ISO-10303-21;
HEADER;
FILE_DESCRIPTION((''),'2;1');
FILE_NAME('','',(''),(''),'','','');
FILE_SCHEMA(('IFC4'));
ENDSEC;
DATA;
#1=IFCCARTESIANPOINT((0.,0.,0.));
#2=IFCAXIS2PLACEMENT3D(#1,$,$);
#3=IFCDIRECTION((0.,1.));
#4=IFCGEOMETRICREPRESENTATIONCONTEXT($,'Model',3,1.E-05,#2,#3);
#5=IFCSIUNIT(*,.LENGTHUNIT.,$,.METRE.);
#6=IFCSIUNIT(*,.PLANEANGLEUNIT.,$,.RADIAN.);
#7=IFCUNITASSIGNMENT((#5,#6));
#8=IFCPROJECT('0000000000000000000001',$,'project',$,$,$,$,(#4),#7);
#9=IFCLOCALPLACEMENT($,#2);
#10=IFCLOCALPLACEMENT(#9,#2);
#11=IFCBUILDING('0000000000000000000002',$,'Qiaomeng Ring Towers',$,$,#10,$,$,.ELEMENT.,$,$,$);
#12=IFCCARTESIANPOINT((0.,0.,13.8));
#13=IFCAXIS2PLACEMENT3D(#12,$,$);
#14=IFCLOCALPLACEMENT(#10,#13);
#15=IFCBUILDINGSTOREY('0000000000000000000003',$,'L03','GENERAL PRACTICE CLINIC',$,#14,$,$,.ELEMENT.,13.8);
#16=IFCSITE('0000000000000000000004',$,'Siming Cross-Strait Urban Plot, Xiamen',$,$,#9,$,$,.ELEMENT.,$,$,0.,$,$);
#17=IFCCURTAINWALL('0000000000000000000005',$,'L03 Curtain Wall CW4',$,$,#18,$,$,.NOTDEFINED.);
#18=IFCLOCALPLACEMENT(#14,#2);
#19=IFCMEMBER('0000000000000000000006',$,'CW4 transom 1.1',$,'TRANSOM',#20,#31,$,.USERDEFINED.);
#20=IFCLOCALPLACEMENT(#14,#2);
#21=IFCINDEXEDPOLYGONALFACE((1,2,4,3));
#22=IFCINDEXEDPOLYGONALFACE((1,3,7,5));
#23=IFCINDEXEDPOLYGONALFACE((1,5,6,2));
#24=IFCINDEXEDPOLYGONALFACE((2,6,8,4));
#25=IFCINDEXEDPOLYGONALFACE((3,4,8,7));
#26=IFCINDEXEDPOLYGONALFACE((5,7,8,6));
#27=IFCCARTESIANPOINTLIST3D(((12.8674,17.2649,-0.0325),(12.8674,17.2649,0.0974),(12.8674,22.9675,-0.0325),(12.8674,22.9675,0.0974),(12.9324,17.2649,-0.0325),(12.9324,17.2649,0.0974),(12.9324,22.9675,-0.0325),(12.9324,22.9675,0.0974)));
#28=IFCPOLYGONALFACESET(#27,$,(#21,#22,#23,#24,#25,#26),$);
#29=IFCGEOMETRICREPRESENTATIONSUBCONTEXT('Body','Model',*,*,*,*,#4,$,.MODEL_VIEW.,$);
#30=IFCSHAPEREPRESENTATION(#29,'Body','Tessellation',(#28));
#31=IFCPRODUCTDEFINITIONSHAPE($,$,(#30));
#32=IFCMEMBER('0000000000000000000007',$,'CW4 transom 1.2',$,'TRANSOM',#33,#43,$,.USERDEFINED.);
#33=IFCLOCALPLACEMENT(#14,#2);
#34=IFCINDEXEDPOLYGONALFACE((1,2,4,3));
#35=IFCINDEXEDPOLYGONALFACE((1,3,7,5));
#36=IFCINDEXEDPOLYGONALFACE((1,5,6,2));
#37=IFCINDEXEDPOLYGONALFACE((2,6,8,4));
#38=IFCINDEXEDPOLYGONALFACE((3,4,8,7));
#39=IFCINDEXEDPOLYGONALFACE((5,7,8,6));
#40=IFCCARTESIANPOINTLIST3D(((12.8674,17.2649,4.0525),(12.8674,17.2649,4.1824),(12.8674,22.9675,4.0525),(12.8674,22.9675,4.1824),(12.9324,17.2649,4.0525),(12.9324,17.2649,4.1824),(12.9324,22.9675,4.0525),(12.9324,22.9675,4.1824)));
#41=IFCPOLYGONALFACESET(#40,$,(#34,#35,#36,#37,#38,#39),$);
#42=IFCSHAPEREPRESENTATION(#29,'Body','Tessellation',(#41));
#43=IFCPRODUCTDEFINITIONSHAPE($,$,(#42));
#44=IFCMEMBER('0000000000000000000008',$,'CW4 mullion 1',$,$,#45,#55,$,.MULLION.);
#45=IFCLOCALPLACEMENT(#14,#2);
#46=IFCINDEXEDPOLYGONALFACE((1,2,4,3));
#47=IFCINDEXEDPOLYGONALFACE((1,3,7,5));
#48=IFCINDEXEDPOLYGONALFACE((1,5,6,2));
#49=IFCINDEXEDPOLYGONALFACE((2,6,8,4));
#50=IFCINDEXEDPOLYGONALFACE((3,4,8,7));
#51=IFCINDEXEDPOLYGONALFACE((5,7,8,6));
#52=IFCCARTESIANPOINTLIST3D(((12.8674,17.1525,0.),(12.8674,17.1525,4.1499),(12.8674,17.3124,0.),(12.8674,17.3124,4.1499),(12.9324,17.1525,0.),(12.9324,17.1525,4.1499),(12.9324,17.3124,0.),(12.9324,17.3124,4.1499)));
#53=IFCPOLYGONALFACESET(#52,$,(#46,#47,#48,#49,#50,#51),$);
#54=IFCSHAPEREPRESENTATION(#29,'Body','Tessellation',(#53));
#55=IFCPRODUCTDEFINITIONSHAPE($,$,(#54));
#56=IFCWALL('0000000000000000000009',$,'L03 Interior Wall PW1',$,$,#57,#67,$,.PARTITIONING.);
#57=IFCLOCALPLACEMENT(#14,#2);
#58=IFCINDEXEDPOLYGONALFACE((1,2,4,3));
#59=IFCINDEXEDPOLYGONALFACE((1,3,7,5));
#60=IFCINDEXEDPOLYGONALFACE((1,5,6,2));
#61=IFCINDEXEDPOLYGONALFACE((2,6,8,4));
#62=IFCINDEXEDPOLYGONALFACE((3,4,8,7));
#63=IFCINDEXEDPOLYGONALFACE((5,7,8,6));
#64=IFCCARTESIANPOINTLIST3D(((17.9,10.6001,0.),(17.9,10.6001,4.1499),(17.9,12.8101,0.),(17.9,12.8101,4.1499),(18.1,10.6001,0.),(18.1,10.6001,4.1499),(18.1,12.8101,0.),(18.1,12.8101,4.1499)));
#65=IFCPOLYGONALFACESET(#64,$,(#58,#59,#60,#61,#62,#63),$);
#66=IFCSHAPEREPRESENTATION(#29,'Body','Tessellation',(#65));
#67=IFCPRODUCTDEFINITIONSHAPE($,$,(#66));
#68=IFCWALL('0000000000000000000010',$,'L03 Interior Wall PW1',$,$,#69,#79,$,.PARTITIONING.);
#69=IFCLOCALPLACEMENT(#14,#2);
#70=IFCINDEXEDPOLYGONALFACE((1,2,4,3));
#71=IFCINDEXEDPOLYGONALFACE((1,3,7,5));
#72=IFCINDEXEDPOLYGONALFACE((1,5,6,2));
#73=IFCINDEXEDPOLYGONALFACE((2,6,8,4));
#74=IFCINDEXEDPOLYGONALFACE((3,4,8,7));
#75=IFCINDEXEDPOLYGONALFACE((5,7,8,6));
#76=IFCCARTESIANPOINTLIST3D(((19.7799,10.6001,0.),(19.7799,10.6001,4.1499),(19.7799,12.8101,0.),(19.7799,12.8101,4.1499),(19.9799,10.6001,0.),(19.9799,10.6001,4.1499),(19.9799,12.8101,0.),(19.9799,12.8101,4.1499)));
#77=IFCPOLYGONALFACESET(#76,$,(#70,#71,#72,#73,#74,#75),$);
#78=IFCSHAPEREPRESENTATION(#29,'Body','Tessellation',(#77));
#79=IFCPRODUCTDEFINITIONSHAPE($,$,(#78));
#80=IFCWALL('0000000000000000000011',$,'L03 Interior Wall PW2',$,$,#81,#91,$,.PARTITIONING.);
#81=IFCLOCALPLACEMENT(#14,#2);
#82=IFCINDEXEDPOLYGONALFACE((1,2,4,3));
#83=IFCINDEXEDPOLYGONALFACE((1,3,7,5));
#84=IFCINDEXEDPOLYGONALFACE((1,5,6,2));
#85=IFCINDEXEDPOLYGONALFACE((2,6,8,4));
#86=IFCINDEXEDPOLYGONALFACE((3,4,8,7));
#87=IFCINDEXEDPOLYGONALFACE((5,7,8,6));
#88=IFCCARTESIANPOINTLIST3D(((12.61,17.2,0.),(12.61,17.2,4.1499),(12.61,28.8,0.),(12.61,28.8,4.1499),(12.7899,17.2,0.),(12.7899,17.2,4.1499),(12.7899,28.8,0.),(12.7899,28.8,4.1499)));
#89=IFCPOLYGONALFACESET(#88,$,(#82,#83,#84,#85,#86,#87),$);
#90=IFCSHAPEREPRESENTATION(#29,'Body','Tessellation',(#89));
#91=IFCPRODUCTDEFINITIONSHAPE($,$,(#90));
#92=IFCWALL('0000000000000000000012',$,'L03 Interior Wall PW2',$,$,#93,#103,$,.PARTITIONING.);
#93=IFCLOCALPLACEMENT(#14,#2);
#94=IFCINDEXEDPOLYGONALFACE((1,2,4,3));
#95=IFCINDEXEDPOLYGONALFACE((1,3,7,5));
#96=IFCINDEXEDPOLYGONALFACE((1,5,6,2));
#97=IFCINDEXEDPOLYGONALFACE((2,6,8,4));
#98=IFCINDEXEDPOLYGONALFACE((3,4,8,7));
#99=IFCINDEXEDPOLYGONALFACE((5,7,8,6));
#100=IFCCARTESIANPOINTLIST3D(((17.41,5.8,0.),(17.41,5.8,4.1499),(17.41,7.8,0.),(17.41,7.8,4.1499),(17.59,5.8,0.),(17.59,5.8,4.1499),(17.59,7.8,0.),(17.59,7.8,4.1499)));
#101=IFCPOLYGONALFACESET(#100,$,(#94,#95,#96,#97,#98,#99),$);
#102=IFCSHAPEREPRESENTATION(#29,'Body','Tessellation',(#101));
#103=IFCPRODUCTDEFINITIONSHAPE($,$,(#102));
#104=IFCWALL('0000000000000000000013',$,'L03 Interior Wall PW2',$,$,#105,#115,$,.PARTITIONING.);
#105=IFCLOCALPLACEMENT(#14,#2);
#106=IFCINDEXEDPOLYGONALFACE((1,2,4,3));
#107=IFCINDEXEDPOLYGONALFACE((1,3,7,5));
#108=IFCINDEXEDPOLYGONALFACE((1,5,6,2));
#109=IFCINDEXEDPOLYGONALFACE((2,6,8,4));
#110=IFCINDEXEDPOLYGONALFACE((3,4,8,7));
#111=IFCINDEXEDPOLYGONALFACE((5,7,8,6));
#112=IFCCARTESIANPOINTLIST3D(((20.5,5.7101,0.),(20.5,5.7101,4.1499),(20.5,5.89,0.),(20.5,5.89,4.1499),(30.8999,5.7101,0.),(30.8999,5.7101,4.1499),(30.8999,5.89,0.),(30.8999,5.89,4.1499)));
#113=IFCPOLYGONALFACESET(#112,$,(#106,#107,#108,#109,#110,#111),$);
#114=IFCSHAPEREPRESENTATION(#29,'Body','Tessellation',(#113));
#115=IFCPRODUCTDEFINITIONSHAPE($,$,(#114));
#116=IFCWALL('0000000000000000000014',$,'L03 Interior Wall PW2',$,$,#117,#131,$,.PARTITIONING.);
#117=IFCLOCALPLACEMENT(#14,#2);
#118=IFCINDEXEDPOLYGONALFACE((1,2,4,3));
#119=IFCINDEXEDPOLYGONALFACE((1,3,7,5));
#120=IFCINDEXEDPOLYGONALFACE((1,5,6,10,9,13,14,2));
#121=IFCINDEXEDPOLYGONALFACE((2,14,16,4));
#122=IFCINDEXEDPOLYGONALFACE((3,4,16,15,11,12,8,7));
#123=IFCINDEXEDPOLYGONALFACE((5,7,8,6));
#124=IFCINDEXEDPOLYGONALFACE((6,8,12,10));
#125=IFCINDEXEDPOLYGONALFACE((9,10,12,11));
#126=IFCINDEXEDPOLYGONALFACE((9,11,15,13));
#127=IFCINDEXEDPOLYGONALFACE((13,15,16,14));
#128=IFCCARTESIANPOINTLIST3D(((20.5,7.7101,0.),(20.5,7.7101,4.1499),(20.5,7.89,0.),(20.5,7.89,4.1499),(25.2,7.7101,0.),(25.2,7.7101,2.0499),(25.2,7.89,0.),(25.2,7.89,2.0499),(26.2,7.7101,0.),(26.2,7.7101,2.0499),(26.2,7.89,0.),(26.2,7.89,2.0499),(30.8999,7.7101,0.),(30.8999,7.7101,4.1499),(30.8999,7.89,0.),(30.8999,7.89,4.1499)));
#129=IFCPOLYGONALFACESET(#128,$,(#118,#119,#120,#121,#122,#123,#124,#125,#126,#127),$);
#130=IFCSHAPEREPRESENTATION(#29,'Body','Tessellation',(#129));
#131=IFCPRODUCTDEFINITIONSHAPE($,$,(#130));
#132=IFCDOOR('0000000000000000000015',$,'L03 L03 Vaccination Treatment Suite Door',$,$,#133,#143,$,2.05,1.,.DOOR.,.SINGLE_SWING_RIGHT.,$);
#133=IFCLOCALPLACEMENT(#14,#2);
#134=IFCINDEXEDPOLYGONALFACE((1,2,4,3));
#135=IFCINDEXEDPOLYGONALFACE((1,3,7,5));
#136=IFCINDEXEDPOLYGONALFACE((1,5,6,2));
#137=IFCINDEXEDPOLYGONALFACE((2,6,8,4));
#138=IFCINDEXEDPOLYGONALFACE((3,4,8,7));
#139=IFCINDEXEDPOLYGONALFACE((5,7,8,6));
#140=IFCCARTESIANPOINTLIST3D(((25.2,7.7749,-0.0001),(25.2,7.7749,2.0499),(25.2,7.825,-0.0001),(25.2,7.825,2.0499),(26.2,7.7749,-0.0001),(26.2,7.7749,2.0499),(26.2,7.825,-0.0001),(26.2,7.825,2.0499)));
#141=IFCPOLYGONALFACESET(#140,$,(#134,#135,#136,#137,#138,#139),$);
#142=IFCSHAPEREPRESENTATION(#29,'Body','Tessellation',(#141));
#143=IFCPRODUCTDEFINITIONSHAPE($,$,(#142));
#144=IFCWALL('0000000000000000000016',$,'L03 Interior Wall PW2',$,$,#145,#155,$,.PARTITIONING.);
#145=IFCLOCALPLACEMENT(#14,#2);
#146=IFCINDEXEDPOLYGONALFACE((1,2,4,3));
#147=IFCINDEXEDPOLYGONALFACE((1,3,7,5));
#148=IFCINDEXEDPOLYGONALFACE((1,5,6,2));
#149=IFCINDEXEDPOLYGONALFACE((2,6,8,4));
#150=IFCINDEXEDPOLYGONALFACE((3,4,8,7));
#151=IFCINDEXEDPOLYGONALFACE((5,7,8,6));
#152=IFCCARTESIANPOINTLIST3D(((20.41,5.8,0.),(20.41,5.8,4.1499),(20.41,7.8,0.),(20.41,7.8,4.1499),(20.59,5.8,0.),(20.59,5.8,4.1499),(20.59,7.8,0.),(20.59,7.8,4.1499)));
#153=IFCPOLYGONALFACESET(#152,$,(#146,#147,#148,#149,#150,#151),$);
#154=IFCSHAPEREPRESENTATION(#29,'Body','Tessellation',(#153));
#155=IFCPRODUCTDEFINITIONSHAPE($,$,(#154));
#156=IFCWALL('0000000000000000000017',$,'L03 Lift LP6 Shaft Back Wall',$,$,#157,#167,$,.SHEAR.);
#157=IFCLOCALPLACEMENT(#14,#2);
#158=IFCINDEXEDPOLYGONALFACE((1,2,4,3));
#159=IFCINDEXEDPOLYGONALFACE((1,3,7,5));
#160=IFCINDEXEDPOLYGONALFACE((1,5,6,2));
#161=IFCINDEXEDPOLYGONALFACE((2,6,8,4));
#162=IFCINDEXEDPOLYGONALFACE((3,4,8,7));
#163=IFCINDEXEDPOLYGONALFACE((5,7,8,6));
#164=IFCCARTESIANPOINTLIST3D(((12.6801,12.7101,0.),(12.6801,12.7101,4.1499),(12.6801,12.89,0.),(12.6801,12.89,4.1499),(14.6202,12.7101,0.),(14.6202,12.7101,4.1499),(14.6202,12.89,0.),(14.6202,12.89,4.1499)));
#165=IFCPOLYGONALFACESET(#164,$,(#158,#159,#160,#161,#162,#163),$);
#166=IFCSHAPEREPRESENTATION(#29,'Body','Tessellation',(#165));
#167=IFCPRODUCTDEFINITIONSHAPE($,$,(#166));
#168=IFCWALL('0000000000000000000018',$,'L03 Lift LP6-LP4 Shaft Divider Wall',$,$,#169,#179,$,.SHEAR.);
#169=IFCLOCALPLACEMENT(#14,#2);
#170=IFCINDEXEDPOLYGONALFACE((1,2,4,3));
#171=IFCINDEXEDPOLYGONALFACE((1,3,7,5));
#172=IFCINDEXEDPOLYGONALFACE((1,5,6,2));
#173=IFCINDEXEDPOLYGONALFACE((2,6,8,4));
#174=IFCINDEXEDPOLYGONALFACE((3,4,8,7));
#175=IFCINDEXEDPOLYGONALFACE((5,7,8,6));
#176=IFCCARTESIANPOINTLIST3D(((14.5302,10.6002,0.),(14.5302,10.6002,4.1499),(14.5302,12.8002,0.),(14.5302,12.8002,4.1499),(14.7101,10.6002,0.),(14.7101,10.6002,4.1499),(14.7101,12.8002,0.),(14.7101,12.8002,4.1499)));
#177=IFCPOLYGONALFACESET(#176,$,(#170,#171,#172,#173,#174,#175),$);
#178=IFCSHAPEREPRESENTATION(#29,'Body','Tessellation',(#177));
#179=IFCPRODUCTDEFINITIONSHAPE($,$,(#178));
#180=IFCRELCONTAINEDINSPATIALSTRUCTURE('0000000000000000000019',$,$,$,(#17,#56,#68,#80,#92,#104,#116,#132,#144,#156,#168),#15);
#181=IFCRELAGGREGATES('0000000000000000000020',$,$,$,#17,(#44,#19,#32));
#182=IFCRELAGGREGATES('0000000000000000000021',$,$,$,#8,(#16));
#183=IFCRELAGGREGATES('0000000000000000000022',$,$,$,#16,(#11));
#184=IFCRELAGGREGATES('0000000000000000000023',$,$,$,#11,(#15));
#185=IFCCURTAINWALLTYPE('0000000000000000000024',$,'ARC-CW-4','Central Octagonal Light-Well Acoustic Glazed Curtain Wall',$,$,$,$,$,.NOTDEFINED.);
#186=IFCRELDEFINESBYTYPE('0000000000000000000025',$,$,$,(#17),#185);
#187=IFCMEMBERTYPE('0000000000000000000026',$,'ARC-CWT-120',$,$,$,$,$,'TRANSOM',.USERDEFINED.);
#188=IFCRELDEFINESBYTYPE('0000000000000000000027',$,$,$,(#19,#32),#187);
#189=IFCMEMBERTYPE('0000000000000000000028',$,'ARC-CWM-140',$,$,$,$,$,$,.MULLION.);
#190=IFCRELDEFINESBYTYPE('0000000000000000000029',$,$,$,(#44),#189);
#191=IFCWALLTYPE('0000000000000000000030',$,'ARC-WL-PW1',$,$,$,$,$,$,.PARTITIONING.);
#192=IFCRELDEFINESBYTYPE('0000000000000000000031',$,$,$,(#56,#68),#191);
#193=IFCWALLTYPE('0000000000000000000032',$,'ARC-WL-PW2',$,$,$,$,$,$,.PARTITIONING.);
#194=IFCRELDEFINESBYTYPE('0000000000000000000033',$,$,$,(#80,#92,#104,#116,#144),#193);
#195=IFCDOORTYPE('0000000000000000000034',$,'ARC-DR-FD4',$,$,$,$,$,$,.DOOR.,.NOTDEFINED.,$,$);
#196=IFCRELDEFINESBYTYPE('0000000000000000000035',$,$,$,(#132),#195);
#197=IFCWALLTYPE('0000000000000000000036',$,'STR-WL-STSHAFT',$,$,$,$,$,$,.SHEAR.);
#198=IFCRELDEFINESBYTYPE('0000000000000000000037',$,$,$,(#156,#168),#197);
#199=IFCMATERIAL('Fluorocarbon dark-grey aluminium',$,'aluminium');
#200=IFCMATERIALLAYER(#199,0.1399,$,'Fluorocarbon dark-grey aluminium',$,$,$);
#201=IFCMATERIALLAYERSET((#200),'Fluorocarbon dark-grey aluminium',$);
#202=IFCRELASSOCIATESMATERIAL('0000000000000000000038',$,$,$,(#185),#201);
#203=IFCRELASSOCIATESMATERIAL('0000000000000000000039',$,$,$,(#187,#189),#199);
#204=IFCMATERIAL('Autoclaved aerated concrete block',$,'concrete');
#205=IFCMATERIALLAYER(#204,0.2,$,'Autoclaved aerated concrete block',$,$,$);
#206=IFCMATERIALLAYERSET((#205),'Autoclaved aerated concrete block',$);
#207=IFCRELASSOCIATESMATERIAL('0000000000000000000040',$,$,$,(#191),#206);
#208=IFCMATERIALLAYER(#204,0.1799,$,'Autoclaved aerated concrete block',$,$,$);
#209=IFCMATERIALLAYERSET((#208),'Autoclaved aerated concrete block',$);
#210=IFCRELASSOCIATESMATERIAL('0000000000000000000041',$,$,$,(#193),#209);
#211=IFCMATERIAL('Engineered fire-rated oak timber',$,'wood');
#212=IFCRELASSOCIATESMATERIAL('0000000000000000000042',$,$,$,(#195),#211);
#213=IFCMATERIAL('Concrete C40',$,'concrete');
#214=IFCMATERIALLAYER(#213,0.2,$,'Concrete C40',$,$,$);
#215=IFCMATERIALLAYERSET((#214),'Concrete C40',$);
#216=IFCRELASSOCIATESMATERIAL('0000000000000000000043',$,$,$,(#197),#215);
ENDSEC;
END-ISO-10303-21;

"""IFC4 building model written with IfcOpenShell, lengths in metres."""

from ifc_helpers import new_model, si_unit, direction, frame, frame_2d, origin, origin_2d, place, context, subcontext, project, spatial, rectangle, extrude, source, transform, mapped, material, layer, layer_set, material_profile, profile_set, type_object, element, fill, aggregate, save


model = new_model("IFC4")

# Units and contexts
model_context = context("Model", 3, precision=1e-05, world=origin(), true_north=direction((0.0, 1.0)))
body_context = subcontext(model_context, "Body", "Model", "MODEL_VIEW")
ifc_project = project(units=[si_unit("LENGTHUNIT", "METRE"), si_unit("PLANEANGLEUNIT", "RADIAN")], contexts=[model_context])

# Site, building, storey
site_placement = place(None, origin())
site = spatial("IfcSite", under=ifc_project, at=site_placement, Name="Siming Cross-Strait Urban Plot, Xiamen", CompositionType="ELEMENT", RefElevation=0.0)
building_placement = place(site_placement, origin())
building = spatial("IfcBuilding", under=site, at=building_placement, Name="Qiaomeng Ring Towers", CompositionType="ELEMENT")
storey_placement = place(building_placement, frame((0.0, 0.0, 13.8)))
storey = spatial("IfcBuildingStorey", under=building, at=storey_placement, Name="L03", Description="GENERAL PRACTICE CLINIC", CompositionType="ELEMENT", Elevation=13.8)

# Curtain wall, members
ifc_material_1 = material(Name="Fluorocarbon dark-grey aluminium", Category="aluminium")
ifc_layer_1 = layer(ifc_material_1, 0.1399, Name="Fluorocarbon dark-grey aluminium")
ifc_layer_set_1 = layer_set([ifc_layer_1], Name="Fluorocarbon dark-grey aluminium")
curtain_wall_type = type_object("IfcCurtainWallType", Name="ARC-CW-4", Description="Central Octagonal Light-Well Acoustic Glazed Curtain Wall", PredefinedType="NOTDEFINED", material=ifc_layer_set_1)
curtain_wall_placement = place(storey_placement, origin())
curtain_wall = element("IfcCurtainWall", 1, at=curtain_wall_placement, inside=storey, type_object=curtain_wall_type, Name="L03 Curtain Wall CW4", PredefinedType="NOTDEFINED")
ifc_material_profile_1 = material_profile(ifc_material_1, rectangle(XDim=0.0649, YDim=0.1299, at=origin_2d()), Name="ALU TRAN 65x130")
ifc_profile_set_1 = profile_set([ifc_material_profile_1], Name="Fluorocarbon dark-grey aluminium")
member_type_1 = type_object("IfcMemberType", Name="ARC-CWT-120", ElementType="TRANSOM", PredefinedType="USERDEFINED", material=ifc_profile_set_1)
shared_shape_1 = source(origin(), body_context, "Body", "SweptSolid", [
    extrude(rectangle(XDim=0.0649, YDim=0.1299, at=origin_2d()), origin(), (0.0, 0.0, 1.0), 5.7026),
])
member_1_placement = place(storey_placement, frame((12.8999, 17.2649, 0.0325), z_axis=(0.0, 1.0, 0.0), x_axis=(-1.0, 0.0, 0.0)))
member_1 = element("IfcMember", 2, at=member_1_placement, type_object=member_type_1, Name="CW4 transom 1.1", ObjectType="TRANSOM", PredefinedType="USERDEFINED", context=body_context, shape_type="MappedRepresentation", body=[
    mapped(shared_shape_1, transform((0.0, 0.0, 0.0), x_axis=(1.0, 0.0, 0.0), y_axis=(0.0, 1.0, 0.0), z_axis=(0.0, 0.0, 1.0), scale=1.0)),
])
member_2_placement = place(storey_placement, frame((12.8999, 17.2649, 4.1174), z_axis=(0.0, 1.0, 0.0), x_axis=(-1.0, 0.0, 0.0)))
member_2 = element("IfcMember", 3, at=member_2_placement, type_object=member_type_1, Name="CW4 transom 1.2", ObjectType="TRANSOM", PredefinedType="USERDEFINED", context=body_context, shape_type="MappedRepresentation", body=[
    mapped(shared_shape_1, transform((0.0, 0.0, 0.0), x_axis=(1.0, 0.0, 0.0), y_axis=(0.0, 1.0, 0.0), z_axis=(0.0, 0.0, 1.0), scale=1.0)),
])
ifc_material_profile_2 = material_profile(ifc_material_1, rectangle(XDim=0.0649, YDim=0.1599, at=origin_2d()), Name="ALU MULL 65x160")
ifc_profile_set_2 = profile_set([ifc_material_profile_2], Name="Fluorocarbon dark-grey aluminium")
member_type_2 = type_object("IfcMemberType", Name="ARC-CWM-140", PredefinedType="MULLION", material=ifc_profile_set_2)
shared_shape_2 = source(origin(), body_context, "Body", "SweptSolid", [
    extrude(rectangle(XDim=0.0649, YDim=0.1599, at=origin_2d()), origin(), (0.0, 0.0, 1.0), 4.1499),
])
member_3_placement = place(storey_placement, frame((12.8999, 17.2324, 0.0), z_axis=(0.0, 0.0, 1.0), x_axis=(-1.0, 0.0, 0.0)))
member_3 = element("IfcMember", 4, at=member_3_placement, type_object=member_type_2, Name="CW4 mullion 1", PredefinedType="MULLION", context=body_context, shape_type="MappedRepresentation", body=[
    mapped(shared_shape_2, transform((0.0, 0.0, 0.0), x_axis=(1.0, 0.0, 0.0), y_axis=(0.0, 1.0, 0.0), z_axis=(0.0, 0.0, 1.0), scale=1.0)),
])
aggregate(curtain_wall, [member_3, member_1, member_2])

# Walls
ifc_material_2 = material(Name="Autoclaved aerated concrete block", Category="concrete")
ifc_layer_2 = layer(ifc_material_2, 0.2, Name="Autoclaved aerated concrete block")
ifc_layer_set_2 = layer_set([ifc_layer_2], Name="Autoclaved aerated concrete block")
wall_type_1 = type_object("IfcWallType", Name="ARC-WL-PW1", PredefinedType="PARTITIONING", material=ifc_layer_set_2)
for number, where, z_axis, x_axis, name in (
    (5, (18.0, 10.6001, 0.0), (0.0, 0.0, 1.0), (0.0, 1.0, 0.0), "L03 Interior Wall PW1"),
    (6, (19.8799, 10.6001, 0.0), (0.0, 0.0, 1.0), (0.0, 1.0, 0.0), "L03 Interior Wall PW1"),
):
    element("IfcWall", number, at=place(storey_placement, frame(where, z_axis=z_axis, x_axis=x_axis)), inside=storey, type_object=wall_type_1, Name=name, PredefinedType="PARTITIONING", context=body_context, shape_type="SweptSolid", body=[
        extrude(rectangle(XDim=2.21, YDim=0.2, at=frame_2d((1.105, 0.0))), origin(), (0.0, 0.0, 1.0), 4.1499),
    ])
ifc_layer_3 = layer(ifc_material_2, 0.1799, Name="Autoclaved aerated concrete block")
ifc_layer_set_3 = layer_set([ifc_layer_3], Name="Autoclaved aerated concrete block")
wall_type_2 = type_object("IfcWallType", Name="ARC-WL-PW2", PredefinedType="PARTITIONING", material=ifc_layer_set_3)
wall_1_placement = place(storey_placement, frame((12.7, 17.2, 0.0), z_axis=(0.0, 0.0, 1.0), x_axis=(0.0, 1.0, 0.0)))
element("IfcWall", 7, at=wall_1_placement, inside=storey, type_object=wall_type_2, Name="L03 Interior Wall PW2", PredefinedType="PARTITIONING", context=body_context, shape_type="SweptSolid", body=[
    extrude(rectangle(XDim=11.6001, YDim=0.1799, at=frame_2d((5.8, 0.0))), origin(), (0.0, 0.0, 1.0), 4.1499),
])
wall_2_placement = place(storey_placement, frame((17.5, 5.8, 0.0), z_axis=(0.0, 0.0, 1.0), x_axis=(0.0, 1.0, 0.0)))
element("IfcWall", 8, at=wall_2_placement, inside=storey, type_object=wall_type_2, Name="L03 Interior Wall PW2", PredefinedType="PARTITIONING", context=body_context, shape_type="SweptSolid", body=[
    extrude(rectangle(XDim=2.0, YDim=0.1799, at=frame_2d((1.0, 0.0))), origin(), (0.0, 0.0, 1.0), 4.1499),
])
wall_3_placement = place(storey_placement, frame((20.5, 5.8, 0.0), z_axis=(0.0, 0.0, 1.0), x_axis=(1.0, 0.0, 0.0)))
element("IfcWall", 9, at=wall_3_placement, inside=storey, type_object=wall_type_2, Name="L03 Interior Wall PW2", PredefinedType="PARTITIONING", context=body_context, shape_type="SweptSolid", body=[
    extrude(rectangle(XDim=10.3999, YDim=0.1799, at=frame_2d((5.2, 0.0))), origin(), (0.0, 0.0, 1.0), 4.1499),
])

# Wall, opening, door
wall_4_placement = place(storey_placement, frame((20.5, 7.8, 0.0), z_axis=(0.0, 0.0, 1.0), x_axis=(1.0, 0.0, 0.0)))
wall_4 = element("IfcWall", 10, at=wall_4_placement, inside=storey, type_object=wall_type_2, Name="L03 Interior Wall PW2", PredefinedType="PARTITIONING", context=body_context, shape_type="SweptSolid", body=[
    extrude(rectangle(XDim=10.3999, YDim=0.1799, at=frame_2d((5.2, 0.0))), origin(), (0.0, 0.0, 1.0), 4.1499),
])
opening_1_placement = place(wall_4_placement, frame((4.7, 0.0, 0.0)))
opening_1 = element("IfcOpeningElement", 11, at=opening_1_placement, cuts=wall_4, PredefinedType="OPENING", context=body_context, shape_type="SweptSolid", body=[
    extrude(rectangle(XDim=1.0, YDim=2.05, at=frame_2d((0.5, 1.0249))), frame((0.0, 0.0999, 0.0), z_axis=(0.0, -1.0, 0.0), x_axis=(1.0, 0.0, 0.0)), (0.0, 0.0, 1.0), 0.2),
])
ifc_material_3 = material(Name="Engineered fire-rated oak timber", Category="wood")
door_type_1 = type_object("IfcDoorType", Name="ARC-DR-FD4", OperationType="NOTDEFINED", PredefinedType="DOOR", material=ifc_material_3)
shared_shape_3 = source(origin(), body_context, "Body", "SweptSolid", [
    extrude(rectangle(XDim=1.0, YDim=2.05, at=frame_2d((0.5, 1.0249))), frame((0.0, 0.0249, 0.0), z_axis=(0.0, -1.0, 0.0), x_axis=(1.0, 0.0, 0.0)), (0.0, 0.0, 1.0), 0.05),
])
door_1_placement = place(opening_1_placement, origin())
door_1 = element("IfcDoor", 12, at=door_1_placement, inside=storey, type_object=door_type_1, Name="L03 L03 Vaccination Treatment Suite Door", OperationType="SINGLE_SWING_RIGHT", OverallHeight=2.05, OverallWidth=1.0, PredefinedType="DOOR", context=body_context, shape_type="MappedRepresentation", body=[
    mapped(shared_shape_3, transform((0.0, 0.0, 0.0), x_axis=(1.0, 0.0, 0.0), y_axis=(0.0, 1.0, 0.0), z_axis=(0.0, 0.0, 1.0), scale=1.0)),
])
fill(opening_1, door_1)

# Walls
wall_5_placement = place(storey_placement, frame((20.5, 5.8, 0.0), z_axis=(0.0, 0.0, 1.0), x_axis=(0.0, 1.0, 0.0)))
element("IfcWall", 13, at=wall_5_placement, inside=storey, type_object=wall_type_2, Name="L03 Interior Wall PW2", PredefinedType="PARTITIONING", context=body_context, shape_type="SweptSolid", body=[
    extrude(rectangle(XDim=2.0, YDim=0.1799, at=frame_2d((1.0, 0.0))), origin(), (0.0, 0.0, 1.0), 4.1499),
])
ifc_material_4 = material(Name="Concrete C40", Category="concrete")
ifc_layer_4 = layer(ifc_material_4, 0.2, Name="Concrete C40")
ifc_layer_set_4 = layer_set([ifc_layer_4], Name="Concrete C40")
wall_type_3 = type_object("IfcWallType", Name="STR-WL-STSHAFT", PredefinedType="SHEAR", material=ifc_layer_set_4)
wall_6_placement = place(storey_placement, frame((12.6799, 12.8, 0.0), z_axis=(0.0, 0.0, 1.0), x_axis=(1.0, 0.0, 0.0)))
element("IfcWall", 14, at=wall_6_placement, inside=storey, type_object=wall_type_3, Name="L03 Lift LP6 Shaft Back Wall", PredefinedType="SHEAR", context=body_context, shape_type="SweptSolid", body=[
    extrude(rectangle(XDim=1.9402, YDim=0.1799, at=frame_2d((0.9702, 0.0))), origin(), (0.0, 0.0, 1.0), 4.1499),
])
wall_7_placement = place(storey_placement, frame((14.6201, 10.6001, 0.0), z_axis=(0.0, 0.0, 1.0), x_axis=(0.0, 1.0, 0.0)))
element("IfcWall", 15, at=wall_7_placement, inside=storey, type_object=wall_type_3, Name="L03 Lift LP6-LP4 Shaft Divider Wall", PredefinedType="SHEAR", context=body_context, shape_type="SweptSolid", body=[
    extrude(rectangle(XDim=2.2, YDim=0.1799, at=frame_2d((1.1001, 0.0))), origin(), (0.0, 0.0, 1.0), 4.1499),
])

save(model, "model.ifc")
